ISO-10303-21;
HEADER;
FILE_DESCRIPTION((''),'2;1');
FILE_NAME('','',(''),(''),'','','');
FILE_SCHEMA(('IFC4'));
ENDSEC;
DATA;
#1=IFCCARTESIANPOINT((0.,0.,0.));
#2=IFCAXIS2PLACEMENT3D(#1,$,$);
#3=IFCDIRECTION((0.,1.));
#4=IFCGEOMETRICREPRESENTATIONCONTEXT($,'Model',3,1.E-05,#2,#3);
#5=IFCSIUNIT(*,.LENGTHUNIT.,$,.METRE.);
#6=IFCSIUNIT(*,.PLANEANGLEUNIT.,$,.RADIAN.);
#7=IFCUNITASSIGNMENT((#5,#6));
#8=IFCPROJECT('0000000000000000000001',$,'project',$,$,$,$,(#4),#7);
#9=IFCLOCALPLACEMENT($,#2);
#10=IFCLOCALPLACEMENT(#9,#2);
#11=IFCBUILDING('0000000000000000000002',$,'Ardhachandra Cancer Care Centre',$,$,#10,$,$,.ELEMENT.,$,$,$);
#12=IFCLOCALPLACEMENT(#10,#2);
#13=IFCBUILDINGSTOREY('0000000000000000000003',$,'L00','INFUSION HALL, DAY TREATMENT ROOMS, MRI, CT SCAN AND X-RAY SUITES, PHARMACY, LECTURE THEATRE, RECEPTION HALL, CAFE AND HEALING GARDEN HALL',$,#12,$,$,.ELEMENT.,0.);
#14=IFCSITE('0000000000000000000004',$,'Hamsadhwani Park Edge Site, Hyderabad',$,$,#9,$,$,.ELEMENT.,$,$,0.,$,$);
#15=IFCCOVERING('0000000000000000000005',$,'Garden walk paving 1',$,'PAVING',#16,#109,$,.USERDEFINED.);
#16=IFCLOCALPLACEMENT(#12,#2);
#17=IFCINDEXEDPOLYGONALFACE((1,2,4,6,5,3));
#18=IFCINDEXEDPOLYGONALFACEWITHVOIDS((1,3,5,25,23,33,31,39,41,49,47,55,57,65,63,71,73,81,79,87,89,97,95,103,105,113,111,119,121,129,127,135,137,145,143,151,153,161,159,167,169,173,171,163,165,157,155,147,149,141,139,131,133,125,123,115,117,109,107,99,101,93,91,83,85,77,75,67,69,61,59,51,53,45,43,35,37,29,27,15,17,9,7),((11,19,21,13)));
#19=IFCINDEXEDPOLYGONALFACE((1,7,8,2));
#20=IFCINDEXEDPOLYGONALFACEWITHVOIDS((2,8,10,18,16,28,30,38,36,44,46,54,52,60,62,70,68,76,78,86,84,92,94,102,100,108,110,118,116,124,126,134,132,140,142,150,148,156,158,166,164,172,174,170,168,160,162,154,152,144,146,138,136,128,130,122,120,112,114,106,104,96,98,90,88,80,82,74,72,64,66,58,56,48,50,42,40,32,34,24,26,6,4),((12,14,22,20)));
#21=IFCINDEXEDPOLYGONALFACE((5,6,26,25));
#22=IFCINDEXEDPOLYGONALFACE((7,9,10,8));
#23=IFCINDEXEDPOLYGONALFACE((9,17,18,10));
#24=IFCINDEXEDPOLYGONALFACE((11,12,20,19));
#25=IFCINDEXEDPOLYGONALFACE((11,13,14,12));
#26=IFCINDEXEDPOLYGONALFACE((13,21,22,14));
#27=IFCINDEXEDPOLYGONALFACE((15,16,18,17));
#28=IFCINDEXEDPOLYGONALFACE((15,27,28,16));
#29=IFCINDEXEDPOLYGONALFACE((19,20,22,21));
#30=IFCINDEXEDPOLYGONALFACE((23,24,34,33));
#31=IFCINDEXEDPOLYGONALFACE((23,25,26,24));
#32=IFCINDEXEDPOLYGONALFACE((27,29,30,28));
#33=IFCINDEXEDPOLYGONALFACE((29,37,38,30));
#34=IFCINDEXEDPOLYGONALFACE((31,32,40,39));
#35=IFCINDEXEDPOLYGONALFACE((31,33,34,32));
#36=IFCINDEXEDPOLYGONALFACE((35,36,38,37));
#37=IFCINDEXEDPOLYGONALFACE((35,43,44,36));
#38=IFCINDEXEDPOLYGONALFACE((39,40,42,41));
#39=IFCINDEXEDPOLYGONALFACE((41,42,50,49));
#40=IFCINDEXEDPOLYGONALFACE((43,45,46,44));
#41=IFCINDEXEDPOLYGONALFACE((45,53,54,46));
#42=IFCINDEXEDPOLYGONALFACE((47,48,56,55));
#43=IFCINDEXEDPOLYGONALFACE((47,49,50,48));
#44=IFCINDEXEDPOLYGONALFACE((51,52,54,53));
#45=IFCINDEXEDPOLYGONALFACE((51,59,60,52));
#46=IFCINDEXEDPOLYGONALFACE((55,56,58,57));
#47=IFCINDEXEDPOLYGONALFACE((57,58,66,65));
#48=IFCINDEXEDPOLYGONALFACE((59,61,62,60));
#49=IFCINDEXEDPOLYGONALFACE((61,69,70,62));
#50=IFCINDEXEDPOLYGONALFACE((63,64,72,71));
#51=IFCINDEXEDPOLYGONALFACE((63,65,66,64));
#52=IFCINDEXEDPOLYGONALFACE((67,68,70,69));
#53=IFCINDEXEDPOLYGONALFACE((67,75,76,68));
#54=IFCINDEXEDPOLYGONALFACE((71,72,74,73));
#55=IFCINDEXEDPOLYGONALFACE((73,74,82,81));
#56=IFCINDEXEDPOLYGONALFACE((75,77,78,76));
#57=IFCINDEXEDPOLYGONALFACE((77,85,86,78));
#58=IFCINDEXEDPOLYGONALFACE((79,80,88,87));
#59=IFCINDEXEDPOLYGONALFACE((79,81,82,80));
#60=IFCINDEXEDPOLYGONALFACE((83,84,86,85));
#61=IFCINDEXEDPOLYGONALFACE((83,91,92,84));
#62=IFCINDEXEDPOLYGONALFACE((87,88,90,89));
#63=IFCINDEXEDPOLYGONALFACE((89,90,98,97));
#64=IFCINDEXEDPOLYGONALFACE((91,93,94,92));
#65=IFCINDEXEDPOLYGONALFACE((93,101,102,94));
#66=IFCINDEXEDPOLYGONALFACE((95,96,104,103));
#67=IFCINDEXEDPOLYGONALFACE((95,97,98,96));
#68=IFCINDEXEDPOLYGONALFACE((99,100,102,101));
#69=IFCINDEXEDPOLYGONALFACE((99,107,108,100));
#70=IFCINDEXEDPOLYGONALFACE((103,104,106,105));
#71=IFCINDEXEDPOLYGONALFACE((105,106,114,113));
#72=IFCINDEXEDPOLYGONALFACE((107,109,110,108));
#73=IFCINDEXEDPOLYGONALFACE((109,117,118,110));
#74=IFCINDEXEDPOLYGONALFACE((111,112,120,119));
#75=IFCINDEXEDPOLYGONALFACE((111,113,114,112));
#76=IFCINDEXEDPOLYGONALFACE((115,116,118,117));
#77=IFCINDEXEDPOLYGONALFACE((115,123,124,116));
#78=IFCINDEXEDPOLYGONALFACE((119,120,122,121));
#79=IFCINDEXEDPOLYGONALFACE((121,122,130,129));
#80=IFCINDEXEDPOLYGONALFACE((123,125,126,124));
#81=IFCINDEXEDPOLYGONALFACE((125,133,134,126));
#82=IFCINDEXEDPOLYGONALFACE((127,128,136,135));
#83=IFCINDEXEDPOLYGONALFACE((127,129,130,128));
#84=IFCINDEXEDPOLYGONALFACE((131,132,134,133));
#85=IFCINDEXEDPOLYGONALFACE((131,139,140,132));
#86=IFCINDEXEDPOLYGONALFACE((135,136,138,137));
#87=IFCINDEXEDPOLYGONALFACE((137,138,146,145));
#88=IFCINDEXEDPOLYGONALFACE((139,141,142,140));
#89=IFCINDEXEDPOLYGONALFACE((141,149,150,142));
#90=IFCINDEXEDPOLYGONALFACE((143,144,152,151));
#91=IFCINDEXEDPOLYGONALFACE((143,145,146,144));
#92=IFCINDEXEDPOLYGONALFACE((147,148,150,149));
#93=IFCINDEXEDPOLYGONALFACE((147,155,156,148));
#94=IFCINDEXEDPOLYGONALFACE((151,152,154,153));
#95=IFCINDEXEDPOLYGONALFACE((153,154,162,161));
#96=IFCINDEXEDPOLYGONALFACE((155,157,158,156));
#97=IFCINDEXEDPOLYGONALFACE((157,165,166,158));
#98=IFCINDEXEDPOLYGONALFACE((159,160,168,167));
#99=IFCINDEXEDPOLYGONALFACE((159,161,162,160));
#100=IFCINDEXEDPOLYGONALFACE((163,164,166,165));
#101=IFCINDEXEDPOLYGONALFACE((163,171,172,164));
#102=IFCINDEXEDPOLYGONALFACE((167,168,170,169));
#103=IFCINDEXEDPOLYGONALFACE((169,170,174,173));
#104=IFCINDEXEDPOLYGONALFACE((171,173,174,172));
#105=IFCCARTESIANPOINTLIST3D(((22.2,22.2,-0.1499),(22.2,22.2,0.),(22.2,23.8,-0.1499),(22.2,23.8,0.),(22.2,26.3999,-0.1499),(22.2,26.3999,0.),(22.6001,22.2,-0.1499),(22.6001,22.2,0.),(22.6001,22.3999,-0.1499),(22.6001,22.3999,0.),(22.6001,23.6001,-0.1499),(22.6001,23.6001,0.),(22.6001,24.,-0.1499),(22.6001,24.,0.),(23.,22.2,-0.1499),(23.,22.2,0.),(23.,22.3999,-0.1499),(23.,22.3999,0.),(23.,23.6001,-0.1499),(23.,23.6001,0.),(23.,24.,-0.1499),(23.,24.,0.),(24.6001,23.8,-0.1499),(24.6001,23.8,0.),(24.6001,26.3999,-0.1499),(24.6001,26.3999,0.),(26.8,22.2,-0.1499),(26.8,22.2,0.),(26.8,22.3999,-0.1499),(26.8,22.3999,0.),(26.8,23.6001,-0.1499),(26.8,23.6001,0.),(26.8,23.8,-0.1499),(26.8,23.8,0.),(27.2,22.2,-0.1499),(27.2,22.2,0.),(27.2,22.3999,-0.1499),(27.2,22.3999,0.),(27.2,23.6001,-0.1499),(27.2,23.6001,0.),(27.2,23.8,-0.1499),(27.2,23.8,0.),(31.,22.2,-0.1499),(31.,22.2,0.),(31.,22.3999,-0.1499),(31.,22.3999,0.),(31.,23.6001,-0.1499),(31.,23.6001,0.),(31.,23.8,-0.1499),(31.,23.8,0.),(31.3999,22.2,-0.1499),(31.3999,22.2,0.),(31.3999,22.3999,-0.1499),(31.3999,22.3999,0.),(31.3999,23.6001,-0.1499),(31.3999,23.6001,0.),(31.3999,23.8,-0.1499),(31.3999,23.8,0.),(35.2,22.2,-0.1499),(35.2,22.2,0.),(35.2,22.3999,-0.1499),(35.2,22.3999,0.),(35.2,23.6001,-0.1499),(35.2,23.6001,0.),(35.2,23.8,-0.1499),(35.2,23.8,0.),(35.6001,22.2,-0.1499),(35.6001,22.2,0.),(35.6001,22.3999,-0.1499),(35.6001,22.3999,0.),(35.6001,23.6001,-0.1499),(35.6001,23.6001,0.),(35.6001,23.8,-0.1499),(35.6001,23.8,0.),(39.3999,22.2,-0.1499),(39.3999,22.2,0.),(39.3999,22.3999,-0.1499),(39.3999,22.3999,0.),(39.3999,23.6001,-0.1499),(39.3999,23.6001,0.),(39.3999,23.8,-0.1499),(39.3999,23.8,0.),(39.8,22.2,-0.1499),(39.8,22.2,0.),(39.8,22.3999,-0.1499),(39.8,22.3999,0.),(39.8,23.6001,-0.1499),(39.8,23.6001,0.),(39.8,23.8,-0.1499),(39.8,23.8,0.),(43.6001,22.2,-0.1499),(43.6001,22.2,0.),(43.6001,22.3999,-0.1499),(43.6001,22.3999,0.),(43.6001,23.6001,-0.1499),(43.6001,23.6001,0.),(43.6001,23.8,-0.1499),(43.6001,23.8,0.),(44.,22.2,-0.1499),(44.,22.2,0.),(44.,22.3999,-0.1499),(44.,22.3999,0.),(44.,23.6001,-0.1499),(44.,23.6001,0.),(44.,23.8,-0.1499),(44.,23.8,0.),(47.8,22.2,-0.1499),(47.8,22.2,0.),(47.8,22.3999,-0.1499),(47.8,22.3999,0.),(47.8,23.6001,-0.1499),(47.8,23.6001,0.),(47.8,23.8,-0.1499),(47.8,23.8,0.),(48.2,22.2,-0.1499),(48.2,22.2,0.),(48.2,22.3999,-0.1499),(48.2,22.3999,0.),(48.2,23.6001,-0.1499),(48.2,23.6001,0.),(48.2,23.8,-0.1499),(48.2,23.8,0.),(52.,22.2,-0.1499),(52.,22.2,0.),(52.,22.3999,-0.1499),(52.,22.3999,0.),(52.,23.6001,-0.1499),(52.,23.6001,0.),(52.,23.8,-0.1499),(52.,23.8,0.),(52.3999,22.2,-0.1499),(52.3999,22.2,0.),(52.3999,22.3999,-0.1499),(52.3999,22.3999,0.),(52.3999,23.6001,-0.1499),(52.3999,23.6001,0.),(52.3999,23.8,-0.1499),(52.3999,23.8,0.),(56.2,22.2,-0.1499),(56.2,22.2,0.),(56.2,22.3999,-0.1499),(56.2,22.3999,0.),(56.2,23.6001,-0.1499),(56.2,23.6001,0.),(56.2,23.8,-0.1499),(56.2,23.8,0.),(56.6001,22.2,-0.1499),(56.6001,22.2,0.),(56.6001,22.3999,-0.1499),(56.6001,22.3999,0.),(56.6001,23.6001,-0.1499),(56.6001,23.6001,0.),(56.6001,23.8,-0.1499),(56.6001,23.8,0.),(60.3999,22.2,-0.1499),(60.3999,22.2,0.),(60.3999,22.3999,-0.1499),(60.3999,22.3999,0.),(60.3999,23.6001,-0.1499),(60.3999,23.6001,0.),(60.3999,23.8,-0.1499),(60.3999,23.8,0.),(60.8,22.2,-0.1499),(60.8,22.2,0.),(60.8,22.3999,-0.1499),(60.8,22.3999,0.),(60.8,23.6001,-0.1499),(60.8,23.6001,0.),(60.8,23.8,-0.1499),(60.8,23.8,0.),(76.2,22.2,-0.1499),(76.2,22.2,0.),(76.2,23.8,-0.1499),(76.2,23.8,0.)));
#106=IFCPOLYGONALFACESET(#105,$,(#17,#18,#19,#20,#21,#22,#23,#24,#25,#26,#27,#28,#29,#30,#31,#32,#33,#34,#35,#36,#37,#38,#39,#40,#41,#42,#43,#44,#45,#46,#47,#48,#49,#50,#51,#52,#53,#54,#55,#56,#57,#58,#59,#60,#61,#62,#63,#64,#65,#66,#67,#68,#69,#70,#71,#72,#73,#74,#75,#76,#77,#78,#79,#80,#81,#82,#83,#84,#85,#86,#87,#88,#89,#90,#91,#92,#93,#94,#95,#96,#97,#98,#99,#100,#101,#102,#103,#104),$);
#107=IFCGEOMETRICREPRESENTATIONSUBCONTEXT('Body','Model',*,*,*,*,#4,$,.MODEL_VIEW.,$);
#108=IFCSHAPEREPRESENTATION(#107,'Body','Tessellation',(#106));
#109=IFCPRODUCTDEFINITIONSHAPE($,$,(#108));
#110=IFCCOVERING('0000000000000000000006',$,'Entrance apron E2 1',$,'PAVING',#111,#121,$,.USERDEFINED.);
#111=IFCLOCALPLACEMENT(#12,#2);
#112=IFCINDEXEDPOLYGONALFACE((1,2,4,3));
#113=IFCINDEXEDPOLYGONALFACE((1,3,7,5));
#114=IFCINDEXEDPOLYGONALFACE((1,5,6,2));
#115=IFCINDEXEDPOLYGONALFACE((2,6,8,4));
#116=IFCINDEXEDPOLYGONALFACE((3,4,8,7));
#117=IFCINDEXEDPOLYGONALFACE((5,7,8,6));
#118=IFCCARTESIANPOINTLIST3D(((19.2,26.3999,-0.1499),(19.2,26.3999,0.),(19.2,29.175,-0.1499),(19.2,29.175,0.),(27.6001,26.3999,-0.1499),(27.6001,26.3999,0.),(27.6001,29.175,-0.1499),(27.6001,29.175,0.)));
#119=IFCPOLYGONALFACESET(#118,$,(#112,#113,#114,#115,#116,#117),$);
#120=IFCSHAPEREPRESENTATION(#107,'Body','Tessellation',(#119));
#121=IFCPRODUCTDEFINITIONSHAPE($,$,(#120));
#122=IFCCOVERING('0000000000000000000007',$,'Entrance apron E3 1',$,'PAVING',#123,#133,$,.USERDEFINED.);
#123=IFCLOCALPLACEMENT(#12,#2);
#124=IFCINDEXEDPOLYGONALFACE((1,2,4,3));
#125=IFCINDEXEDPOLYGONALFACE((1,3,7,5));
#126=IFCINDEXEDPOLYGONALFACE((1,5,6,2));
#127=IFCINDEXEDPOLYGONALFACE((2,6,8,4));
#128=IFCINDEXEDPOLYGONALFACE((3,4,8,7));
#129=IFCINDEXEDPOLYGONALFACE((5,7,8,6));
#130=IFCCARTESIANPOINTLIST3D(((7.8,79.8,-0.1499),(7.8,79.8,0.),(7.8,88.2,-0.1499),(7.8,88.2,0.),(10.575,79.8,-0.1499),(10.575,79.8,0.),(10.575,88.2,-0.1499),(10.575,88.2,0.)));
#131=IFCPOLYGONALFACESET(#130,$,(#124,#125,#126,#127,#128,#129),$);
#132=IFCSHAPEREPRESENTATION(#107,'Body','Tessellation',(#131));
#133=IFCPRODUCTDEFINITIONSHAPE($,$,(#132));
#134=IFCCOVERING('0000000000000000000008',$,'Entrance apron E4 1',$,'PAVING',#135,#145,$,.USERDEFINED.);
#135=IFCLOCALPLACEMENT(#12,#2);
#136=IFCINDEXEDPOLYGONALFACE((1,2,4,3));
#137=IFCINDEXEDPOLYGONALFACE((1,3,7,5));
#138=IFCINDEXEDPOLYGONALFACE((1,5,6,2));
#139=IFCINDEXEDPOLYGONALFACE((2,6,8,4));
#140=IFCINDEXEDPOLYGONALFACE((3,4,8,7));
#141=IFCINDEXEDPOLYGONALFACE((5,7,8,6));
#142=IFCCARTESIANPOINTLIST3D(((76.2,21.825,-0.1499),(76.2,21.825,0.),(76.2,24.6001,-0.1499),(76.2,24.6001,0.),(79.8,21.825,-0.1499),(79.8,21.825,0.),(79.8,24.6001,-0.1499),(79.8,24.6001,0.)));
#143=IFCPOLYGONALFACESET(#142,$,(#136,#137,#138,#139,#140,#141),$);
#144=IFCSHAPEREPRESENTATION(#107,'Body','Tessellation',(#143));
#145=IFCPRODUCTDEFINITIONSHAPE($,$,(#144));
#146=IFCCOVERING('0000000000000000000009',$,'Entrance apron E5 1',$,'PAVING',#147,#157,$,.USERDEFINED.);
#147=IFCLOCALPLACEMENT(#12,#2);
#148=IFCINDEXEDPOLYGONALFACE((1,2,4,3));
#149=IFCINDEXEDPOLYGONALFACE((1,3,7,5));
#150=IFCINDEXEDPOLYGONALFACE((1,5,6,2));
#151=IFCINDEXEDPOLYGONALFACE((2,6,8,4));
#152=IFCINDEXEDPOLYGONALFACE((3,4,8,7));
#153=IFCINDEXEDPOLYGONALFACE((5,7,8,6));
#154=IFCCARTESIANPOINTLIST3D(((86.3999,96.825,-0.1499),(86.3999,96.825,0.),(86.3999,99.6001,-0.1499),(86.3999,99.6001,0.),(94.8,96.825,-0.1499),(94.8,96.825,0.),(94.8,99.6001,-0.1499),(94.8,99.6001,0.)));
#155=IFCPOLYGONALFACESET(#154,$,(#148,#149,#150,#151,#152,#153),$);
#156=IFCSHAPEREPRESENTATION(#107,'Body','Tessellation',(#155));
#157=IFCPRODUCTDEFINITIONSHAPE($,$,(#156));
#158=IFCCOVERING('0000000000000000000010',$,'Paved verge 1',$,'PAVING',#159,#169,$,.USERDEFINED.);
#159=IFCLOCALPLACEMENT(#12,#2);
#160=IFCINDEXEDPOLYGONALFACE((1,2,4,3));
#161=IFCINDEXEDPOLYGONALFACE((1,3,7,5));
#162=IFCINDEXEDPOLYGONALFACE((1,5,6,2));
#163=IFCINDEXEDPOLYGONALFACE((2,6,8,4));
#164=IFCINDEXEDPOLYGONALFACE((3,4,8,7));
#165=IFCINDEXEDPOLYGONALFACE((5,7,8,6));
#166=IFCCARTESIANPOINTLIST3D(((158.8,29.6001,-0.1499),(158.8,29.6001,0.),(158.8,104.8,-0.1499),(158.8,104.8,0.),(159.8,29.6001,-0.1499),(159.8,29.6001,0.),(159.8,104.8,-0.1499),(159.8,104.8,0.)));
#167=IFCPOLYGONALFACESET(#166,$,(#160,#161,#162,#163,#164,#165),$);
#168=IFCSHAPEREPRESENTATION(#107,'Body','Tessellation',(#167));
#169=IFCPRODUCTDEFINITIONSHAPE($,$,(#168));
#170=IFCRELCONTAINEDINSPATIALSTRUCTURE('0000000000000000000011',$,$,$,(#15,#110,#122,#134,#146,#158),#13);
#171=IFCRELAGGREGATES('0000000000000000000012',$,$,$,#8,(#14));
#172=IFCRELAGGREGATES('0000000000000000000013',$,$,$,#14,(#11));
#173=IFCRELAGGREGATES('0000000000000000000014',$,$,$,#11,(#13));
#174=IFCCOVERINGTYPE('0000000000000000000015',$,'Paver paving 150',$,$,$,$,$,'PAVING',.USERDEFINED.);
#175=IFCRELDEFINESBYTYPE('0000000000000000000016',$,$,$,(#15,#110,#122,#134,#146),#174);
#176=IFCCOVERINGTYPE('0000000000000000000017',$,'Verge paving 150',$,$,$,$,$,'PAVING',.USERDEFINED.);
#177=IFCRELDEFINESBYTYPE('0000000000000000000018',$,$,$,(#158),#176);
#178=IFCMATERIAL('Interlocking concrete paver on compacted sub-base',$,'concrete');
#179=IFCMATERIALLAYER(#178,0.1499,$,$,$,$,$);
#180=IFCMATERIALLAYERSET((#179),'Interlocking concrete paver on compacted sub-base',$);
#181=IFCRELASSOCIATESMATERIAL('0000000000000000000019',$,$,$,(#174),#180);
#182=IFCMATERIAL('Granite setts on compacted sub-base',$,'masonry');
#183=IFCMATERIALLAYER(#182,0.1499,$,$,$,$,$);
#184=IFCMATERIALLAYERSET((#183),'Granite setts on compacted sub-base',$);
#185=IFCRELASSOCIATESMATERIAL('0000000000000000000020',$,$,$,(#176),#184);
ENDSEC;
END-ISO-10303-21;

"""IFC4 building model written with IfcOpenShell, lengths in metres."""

from ifc_helpers import new_model, si_unit, direction, frame, origin, place, context, subcontext, project, spatial, polyline, outline, extrude, material, layer, layer_set, type_object, element, save


model = new_model("IFC4")

# Units and contexts
model_context = context("Model", 3, precision=1e-05, world=origin(), true_north=direction((0.0, 1.0)))
body_context = subcontext(model_context, "Body", "Model", "MODEL_VIEW")
ifc_project = project(units=[si_unit("LENGTHUNIT", "METRE"), si_unit("PLANEANGLEUNIT", "RADIAN")], contexts=[model_context])

# Site, building, storey
site_placement = place(None, origin())
site = spatial("IfcSite", under=ifc_project, at=site_placement, Name="Hamsadhwani Park Edge Site, Hyderabad", CompositionType="ELEMENT", RefElevation=0.0)
building_placement = place(site_placement, origin())
building = spatial("IfcBuilding", under=site, at=building_placement, Name="Ardhachandra Cancer Care Centre", CompositionType="ELEMENT")
storey_placement = place(building_placement, origin())
storey = spatial("IfcBuildingStorey", under=building, at=storey_placement, Name="L00", Description="INFUSION HALL, DAY TREATMENT ROOMS, MRI, CT SCAN AND X-RAY SUITES, PHARMACY, LECTURE THEATRE, RECEPTION HALL, CAFE AND HEALING GARDEN HALL", CompositionType="ELEMENT", Elevation=0.0)

# Coverings
ifc_material_1 = material(Name="Interlocking concrete paver on compacted sub-base", Category="concrete")
ifc_layer_1 = layer(ifc_material_1, 0.1499)
ifc_layer_set_1 = layer_set([ifc_layer_1], Name="Interlocking concrete paver on compacted sub-base")
covering_type_1 = type_object("IfcCoveringType", Name="Paver paving 150", ElementType="PAVING", PredefinedType="USERDEFINED", material=ifc_layer_set_1)
covering_1_placement = place(storey_placement, frame((0.0, 0.0, -0.1499)))
element("IfcCovering", 1, at=covering_1_placement, inside=storey, type_object=covering_type_1, Name="Garden walk paving 1", ObjectType="PAVING", PredefinedType="USERDEFINED", context=body_context, shape_type="SweptSolid", body=[
    extrude(outline(polyline([(76.2, 22.2), (60.8, 22.2), (60.8, 22.3999), (60.3999, 22.3999), (60.3999, 22.2), (56.6001, 22.2), (56.6001, 22.3999), (56.2, 22.3999), (56.2, 22.2), (52.3999, 22.2), (52.3999, 22.3999), (52.0, 22.3999), (52.0, 22.2), (48.2, 22.2), (48.2, 22.3999), (47.8, 22.3999), (47.8, 22.2), (44.0, 22.2), (44.0, 22.3999), (43.6001, 22.3999), (43.6001, 22.2), (39.8, 22.2), (39.8, 22.3999), (39.3999, 22.3999), (39.3999, 22.2), (35.6001, 22.2), (35.6001, 22.3999), (35.2, 22.3999), (35.2, 22.2), (31.3999, 22.2), (31.3999, 22.3999), (31.0, 22.3999), (31.0, 22.2), (27.2, 22.2), (27.2, 22.3999), (26.8, 22.3999), (26.8, 22.2), (23.0, 22.2), (23.0, 22.3999), (22.6001, 22.3999), (22.6001, 22.2), (22.2, 22.2), (22.2, 23.8), (22.2, 26.3999), (24.6001, 26.3999), (24.6001, 23.8), (26.8, 23.8), (26.8, 23.6001), (27.2, 23.6001), (27.2, 23.8), (31.0, 23.8), (31.0, 23.6001), (31.3999, 23.6001), (31.3999, 23.8), (35.2, 23.8), (35.2, 23.6001), (35.6001, 23.6001), (35.6001, 23.8), (39.3999, 23.8), (39.3999, 23.6001), (39.8, 23.6001), (39.8, 23.8), (43.6001, 23.8), (43.6001, 23.6001), (44.0, 23.6001), (44.0, 23.8), (47.8, 23.8), (47.8, 23.6001), (48.2, 23.6001), (48.2, 23.8), (52.0, 23.8), (52.0, 23.6001), (52.3999, 23.6001), (52.3999, 23.8), (56.2, 23.8), (56.2, 23.6001), (56.6001, 23.6001), (56.6001, 23.8), (60.3999, 23.8), (60.3999, 23.6001), (60.8, 23.6001), (60.8, 23.8), (76.2, 23.8), (76.2, 22.2)]), holes=[polyline([(23.0, 24.0), (22.6001, 24.0), (22.6001, 23.6001), (23.0, 23.6001), (23.0, 24.0)])]), origin(), (0.0, 0.0, 1.0), 0.1499),
])
covering_2_placement = place(storey_placement, frame((0.0, 0.0, -0.1499)))
element("IfcCovering", 2, at=covering_2_placement, inside=storey, type_object=covering_type_1, Name="Entrance apron E2 1", ObjectType="PAVING", PredefinedType="USERDEFINED", context=body_context, shape_type="SweptSolid", body=[
    extrude(outline(polyline([(27.6001, 26.3999), (27.6001, 29.175), (19.2, 29.175), (19.2, 26.3999), (27.6001, 26.3999)])), origin(), (0.0, 0.0, 1.0), 0.1499),
])
covering_3_placement = place(storey_placement, frame((0.0, 0.0, -0.1499)))
element("IfcCovering", 3, at=covering_3_placement, inside=storey, type_object=covering_type_1, Name="Entrance apron E3 1", ObjectType="PAVING", PredefinedType="USERDEFINED", context=body_context, shape_type="SweptSolid", body=[
    extrude(outline(polyline([(10.575, 79.8), (10.575, 88.2), (7.8, 88.2), (7.8, 79.8), (10.575, 79.8)])), origin(), (0.0, 0.0, 1.0), 0.1499),
])
covering_4_placement = place(storey_placement, frame((0.0, 0.0, -0.1499)))
element("IfcCovering", 4, at=covering_4_placement, inside=storey, type_object=covering_type_1, Name="Entrance apron E4 1", ObjectType="PAVING", PredefinedType="USERDEFINED", context=body_context, shape_type="SweptSolid", body=[
    extrude(outline(polyline([(79.8, 21.825), (79.8, 24.6001), (76.2, 24.6001), (76.2, 21.825), (79.8, 21.825)])), origin(), (0.0, 0.0, 1.0), 0.1499),
])
covering_5_placement = place(storey_placement, frame((0.0, 0.0, -0.1499)))
element("IfcCovering", 5, at=covering_5_placement, inside=storey, type_object=covering_type_1, Name="Entrance apron E5 1", ObjectType="PAVING", PredefinedType="USERDEFINED", context=body_context, shape_type="SweptSolid", body=[
    extrude(outline(polyline([(94.8, 96.825), (94.8, 99.6001), (86.3999, 99.6001), (86.3999, 96.825), (94.8, 96.825)])), origin(), (0.0, 0.0, 1.0), 0.1499),
])
ifc_material_2 = material(Name="Granite setts on compacted sub-base", Category="masonry")
ifc_layer_2 = layer(ifc_material_2, 0.1499)
ifc_layer_set_2 = layer_set([ifc_layer_2], Name="Granite setts on compacted sub-base")
covering_type_2 = type_object("IfcCoveringType", Name="Verge paving 150", ElementType="PAVING", PredefinedType="USERDEFINED", material=ifc_layer_set_2)
covering_6_placement = place(storey_placement, frame((0.0, 0.0, -0.1499)))
element("IfcCovering", 6, at=covering_6_placement, inside=storey, type_object=covering_type_2, Name="Paved verge 1", ObjectType="PAVING", PredefinedType="USERDEFINED", context=body_context, shape_type="SweptSolid", body=[
    extrude(outline(polyline([(159.8, 29.6001), (159.8, 104.8), (158.8, 104.8), (158.8, 29.6001), (159.8, 29.6001)])), origin(), (0.0, 0.0, 1.0), 0.1499),
])

save(model, "model.ifc")
